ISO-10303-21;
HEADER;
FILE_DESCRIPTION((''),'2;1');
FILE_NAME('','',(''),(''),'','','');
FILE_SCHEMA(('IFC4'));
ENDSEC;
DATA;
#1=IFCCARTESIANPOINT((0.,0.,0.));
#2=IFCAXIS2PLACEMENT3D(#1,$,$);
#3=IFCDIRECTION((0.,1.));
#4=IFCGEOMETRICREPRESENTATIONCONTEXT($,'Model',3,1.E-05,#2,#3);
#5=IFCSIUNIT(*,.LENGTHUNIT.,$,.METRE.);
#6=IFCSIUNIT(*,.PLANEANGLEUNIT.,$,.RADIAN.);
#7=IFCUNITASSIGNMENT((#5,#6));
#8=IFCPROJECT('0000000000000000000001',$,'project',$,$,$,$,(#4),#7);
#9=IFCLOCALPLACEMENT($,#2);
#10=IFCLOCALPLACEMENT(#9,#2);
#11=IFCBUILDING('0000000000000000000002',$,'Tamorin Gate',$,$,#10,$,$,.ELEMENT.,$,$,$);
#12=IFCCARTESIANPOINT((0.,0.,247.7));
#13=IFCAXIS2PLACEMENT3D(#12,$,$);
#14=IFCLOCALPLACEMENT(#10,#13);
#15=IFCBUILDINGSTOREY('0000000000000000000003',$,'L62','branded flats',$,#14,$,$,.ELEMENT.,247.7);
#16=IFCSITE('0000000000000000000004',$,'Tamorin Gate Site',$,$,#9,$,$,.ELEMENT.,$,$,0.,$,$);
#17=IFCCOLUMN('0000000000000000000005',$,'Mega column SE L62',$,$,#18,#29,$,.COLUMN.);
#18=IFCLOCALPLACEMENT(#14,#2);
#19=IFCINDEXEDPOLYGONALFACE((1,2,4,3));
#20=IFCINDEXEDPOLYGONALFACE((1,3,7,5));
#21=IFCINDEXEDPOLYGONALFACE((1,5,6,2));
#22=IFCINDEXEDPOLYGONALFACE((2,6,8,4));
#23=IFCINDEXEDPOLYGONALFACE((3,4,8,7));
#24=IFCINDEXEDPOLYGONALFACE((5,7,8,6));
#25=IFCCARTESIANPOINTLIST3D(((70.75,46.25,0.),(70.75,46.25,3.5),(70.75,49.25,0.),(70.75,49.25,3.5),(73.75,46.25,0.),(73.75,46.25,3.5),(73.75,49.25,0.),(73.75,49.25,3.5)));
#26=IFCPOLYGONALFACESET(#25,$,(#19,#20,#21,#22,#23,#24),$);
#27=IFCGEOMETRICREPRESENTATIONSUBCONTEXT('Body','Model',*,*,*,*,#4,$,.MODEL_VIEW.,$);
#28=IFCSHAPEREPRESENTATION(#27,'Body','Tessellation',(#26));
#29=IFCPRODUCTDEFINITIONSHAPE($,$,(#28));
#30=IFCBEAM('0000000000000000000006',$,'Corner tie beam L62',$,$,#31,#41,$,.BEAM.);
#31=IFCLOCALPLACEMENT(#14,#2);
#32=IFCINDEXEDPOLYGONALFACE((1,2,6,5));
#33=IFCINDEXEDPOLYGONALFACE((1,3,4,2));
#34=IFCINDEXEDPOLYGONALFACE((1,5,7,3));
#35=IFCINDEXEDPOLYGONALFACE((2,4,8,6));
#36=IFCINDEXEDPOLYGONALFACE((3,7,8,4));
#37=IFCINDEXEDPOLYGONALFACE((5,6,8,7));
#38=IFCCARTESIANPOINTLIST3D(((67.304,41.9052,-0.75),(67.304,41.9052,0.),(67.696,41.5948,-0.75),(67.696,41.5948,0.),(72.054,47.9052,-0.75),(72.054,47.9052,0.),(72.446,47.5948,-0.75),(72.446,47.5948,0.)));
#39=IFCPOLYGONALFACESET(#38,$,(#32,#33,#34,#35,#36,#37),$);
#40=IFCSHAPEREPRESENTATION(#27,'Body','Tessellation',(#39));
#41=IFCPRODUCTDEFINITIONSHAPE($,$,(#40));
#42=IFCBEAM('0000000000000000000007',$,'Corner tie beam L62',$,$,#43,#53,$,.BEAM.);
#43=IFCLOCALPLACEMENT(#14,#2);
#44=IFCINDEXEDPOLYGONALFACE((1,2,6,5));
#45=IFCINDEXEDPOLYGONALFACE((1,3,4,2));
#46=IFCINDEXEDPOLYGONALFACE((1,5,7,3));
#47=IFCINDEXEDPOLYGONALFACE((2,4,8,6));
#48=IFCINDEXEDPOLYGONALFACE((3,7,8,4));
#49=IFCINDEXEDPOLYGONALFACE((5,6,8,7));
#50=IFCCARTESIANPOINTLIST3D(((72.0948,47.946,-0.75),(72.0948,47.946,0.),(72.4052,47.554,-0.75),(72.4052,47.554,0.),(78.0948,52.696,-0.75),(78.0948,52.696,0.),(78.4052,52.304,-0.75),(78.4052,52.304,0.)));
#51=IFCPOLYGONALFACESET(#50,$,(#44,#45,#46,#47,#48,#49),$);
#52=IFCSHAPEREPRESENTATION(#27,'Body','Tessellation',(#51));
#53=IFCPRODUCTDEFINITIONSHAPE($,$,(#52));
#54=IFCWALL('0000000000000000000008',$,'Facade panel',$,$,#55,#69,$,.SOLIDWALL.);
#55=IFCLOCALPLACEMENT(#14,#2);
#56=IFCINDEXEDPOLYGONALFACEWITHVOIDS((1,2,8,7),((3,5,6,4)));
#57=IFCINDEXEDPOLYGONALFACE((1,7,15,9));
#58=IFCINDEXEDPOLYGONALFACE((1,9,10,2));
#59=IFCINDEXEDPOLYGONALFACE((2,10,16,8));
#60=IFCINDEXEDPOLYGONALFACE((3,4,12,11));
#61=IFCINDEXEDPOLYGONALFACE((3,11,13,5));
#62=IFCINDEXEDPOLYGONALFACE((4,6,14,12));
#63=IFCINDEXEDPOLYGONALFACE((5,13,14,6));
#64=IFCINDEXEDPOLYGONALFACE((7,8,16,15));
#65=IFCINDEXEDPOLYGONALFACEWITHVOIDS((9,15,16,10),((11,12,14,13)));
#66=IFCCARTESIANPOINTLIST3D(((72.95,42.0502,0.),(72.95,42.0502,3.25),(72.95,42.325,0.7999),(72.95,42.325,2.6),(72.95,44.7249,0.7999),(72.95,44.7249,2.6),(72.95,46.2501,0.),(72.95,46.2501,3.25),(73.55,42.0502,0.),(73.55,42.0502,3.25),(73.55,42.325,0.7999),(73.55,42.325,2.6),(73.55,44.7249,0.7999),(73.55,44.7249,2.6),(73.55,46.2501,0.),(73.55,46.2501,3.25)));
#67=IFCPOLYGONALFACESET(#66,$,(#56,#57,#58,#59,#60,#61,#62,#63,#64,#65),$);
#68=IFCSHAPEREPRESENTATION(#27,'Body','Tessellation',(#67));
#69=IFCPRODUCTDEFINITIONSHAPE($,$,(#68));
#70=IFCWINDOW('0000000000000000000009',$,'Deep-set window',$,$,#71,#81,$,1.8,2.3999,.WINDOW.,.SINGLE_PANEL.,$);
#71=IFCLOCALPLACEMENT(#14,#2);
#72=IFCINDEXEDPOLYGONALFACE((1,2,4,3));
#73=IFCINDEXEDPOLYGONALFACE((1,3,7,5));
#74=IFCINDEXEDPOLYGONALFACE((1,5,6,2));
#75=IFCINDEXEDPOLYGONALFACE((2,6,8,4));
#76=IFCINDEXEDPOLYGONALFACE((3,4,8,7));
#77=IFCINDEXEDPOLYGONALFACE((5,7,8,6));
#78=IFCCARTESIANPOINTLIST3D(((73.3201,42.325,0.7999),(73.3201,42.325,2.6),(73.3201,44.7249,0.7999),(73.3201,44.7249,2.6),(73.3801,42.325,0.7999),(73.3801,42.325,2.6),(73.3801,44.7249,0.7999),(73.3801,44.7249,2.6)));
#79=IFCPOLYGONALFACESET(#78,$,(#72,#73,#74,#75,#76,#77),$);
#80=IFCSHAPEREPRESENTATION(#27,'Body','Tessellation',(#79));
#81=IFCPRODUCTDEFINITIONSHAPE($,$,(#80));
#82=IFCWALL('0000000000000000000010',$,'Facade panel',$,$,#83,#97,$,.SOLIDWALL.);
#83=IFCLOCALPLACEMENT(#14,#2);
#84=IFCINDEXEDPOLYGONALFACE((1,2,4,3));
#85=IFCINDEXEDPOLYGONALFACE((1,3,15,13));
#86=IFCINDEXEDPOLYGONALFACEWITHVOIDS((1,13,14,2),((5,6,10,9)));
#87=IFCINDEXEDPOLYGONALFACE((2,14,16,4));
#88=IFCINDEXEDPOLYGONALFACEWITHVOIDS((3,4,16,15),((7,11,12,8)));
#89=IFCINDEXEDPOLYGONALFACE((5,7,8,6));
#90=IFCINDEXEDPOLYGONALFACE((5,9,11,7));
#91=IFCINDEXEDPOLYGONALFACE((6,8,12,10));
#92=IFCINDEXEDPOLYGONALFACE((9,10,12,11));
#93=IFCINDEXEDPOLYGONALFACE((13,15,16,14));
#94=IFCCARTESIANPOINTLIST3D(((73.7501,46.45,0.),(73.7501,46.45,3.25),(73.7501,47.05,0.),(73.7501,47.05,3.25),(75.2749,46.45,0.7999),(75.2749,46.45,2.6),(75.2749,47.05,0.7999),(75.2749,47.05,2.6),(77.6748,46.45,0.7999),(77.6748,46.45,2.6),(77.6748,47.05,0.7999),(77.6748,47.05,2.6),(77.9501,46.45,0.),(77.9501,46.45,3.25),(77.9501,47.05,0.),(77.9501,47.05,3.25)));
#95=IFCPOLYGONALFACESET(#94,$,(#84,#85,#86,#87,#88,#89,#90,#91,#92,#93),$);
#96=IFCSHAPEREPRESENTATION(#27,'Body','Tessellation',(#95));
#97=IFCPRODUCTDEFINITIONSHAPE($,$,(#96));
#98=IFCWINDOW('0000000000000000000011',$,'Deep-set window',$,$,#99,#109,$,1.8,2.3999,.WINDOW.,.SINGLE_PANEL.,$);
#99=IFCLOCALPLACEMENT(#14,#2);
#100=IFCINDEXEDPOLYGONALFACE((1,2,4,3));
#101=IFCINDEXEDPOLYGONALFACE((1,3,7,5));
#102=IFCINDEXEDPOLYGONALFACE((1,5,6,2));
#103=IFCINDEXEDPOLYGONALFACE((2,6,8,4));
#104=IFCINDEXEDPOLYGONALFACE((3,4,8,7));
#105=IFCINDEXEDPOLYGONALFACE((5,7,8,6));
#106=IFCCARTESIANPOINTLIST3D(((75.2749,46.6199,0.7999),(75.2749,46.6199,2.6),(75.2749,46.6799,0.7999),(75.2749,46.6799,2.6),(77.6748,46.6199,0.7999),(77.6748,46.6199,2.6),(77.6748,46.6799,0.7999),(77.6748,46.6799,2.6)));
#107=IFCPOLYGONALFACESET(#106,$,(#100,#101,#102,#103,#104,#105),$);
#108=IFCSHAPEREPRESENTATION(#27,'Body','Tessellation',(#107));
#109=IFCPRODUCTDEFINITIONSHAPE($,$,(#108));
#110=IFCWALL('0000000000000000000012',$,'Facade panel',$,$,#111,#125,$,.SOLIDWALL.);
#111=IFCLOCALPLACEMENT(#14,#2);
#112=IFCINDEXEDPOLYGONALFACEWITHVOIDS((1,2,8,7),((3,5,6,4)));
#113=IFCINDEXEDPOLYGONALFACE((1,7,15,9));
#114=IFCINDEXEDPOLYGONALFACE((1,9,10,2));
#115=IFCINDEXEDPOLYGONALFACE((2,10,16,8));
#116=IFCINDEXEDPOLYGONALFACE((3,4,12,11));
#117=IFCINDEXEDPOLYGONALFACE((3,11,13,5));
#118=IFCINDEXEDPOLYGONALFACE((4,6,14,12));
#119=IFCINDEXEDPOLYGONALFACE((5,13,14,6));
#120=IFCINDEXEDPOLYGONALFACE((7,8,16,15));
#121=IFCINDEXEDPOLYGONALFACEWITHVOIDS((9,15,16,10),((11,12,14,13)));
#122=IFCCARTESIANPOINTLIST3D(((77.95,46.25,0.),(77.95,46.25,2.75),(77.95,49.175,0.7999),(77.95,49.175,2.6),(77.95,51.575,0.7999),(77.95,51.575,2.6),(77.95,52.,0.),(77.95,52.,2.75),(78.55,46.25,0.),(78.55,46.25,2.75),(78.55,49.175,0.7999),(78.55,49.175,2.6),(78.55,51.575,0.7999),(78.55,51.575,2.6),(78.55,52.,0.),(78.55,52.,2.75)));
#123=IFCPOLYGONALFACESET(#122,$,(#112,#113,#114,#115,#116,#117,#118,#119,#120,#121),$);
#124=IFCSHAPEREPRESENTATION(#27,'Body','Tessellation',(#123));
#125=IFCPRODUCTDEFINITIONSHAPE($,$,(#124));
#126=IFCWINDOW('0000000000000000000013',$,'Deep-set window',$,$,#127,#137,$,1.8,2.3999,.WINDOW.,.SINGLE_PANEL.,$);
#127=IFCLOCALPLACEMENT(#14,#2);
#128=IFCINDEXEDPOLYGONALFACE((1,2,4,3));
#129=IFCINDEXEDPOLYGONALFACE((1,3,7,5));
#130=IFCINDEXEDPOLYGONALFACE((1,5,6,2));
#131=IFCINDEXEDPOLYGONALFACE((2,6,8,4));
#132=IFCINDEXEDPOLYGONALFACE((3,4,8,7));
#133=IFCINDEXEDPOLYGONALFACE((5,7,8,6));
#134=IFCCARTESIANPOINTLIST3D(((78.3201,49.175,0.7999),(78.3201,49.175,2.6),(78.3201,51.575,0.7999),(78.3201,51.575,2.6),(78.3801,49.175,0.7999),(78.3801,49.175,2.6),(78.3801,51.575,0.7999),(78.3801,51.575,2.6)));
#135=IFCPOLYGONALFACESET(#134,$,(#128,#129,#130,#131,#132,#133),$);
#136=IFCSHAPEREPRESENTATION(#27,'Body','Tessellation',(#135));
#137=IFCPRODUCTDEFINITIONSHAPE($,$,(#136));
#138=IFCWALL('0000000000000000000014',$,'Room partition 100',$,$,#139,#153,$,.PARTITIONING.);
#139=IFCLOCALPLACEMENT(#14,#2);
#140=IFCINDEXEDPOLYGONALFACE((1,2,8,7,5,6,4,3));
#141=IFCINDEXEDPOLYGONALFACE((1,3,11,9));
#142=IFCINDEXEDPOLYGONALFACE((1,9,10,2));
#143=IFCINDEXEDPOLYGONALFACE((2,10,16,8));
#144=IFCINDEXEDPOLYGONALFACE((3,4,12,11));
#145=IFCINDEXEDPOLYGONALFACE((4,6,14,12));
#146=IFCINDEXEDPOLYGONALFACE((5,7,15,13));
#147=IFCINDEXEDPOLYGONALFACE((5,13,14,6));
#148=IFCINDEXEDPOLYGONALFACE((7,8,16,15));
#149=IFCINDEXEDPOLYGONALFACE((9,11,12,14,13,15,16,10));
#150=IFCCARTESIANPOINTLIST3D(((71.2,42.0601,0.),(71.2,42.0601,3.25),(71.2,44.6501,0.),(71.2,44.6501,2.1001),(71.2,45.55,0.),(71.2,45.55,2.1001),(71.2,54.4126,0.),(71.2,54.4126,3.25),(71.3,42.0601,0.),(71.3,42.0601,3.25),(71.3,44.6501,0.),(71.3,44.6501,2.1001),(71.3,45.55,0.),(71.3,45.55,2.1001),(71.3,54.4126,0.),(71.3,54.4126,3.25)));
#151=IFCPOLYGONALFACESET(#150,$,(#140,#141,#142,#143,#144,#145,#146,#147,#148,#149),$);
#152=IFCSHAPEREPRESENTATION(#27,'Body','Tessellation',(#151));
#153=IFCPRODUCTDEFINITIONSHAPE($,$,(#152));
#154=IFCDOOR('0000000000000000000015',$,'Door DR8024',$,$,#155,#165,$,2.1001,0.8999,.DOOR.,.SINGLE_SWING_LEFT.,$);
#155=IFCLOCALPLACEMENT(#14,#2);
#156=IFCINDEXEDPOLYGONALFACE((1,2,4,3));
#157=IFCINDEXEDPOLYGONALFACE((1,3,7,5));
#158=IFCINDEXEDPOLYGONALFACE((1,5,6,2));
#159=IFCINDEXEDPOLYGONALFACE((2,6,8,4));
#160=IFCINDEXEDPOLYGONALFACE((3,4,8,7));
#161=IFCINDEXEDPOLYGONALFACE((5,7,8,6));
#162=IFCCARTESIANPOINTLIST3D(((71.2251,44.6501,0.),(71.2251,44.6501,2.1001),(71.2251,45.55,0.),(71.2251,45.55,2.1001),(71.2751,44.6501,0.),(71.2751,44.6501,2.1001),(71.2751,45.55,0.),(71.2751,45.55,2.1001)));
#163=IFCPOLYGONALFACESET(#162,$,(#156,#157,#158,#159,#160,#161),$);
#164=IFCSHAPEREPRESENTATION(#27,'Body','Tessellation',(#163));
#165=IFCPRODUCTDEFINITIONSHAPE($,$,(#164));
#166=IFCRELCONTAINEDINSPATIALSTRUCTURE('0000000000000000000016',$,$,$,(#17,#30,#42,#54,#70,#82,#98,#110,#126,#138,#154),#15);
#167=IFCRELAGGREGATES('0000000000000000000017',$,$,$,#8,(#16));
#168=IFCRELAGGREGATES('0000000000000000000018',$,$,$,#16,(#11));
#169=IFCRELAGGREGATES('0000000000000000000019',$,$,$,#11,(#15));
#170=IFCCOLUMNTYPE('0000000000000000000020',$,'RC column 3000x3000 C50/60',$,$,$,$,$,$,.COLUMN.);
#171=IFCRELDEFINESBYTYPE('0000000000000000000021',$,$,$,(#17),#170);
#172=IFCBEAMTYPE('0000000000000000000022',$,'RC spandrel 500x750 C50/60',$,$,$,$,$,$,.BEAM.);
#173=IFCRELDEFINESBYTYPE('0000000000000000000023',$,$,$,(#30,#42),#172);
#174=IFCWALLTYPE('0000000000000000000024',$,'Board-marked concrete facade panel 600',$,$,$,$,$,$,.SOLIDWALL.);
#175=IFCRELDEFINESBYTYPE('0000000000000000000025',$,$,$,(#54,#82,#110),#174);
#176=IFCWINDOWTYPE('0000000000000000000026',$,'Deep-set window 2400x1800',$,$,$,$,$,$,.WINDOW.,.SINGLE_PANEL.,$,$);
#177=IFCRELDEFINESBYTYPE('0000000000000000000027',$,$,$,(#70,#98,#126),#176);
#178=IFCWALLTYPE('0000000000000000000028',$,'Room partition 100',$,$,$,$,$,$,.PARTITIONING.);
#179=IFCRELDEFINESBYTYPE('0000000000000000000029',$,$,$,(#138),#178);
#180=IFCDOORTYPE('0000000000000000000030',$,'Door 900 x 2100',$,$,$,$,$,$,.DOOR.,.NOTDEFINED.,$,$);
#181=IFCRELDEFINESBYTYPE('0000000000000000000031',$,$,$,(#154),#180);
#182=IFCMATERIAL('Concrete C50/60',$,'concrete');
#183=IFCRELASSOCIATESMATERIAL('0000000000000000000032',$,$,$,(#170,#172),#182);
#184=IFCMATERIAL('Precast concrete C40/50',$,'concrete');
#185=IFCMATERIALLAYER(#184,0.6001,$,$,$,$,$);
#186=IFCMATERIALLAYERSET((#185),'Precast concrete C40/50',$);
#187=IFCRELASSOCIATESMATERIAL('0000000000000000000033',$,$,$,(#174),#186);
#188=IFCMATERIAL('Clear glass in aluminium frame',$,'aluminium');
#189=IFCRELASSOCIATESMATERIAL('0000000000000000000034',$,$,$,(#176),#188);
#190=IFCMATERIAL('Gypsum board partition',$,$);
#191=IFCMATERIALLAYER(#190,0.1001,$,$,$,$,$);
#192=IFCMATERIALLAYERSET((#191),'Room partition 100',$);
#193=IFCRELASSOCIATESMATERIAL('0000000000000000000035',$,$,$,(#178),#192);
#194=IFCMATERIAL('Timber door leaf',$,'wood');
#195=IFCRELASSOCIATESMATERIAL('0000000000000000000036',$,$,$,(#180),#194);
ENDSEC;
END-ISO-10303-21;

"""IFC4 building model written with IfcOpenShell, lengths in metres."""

from ifc_helpers import new_model, si_unit, direction, frame, frame_2d, origin, origin_2d, place, context, subcontext, project, spatial, rectangle, extrude, material, layer, layer_set, material_profile, profile_set, type_object, element, fill, save


model = new_model("IFC4")

# Units and contexts
model_context = context("Model", 3, precision=1e-05, world=origin(), true_north=direction((0.0, 1.0)))
body_context = subcontext(model_context, "Body", "Model", "MODEL_VIEW")
ifc_project = project(units=[si_unit("LENGTHUNIT", "METRE"), si_unit("PLANEANGLEUNIT", "RADIAN")], contexts=[model_context])

# Site, building, storey
site_placement = place(None, origin())
site = spatial("IfcSite", under=ifc_project, at=site_placement, Name="Tamorin Gate Site", CompositionType="ELEMENT", RefElevation=0.0)
building_placement = place(site_placement, origin())
building = spatial("IfcBuilding", under=site, at=building_placement, Name="Tamorin Gate", CompositionType="ELEMENT")
storey_placement = place(building_placement, frame((0.0, 0.0, 247.7)))
storey = spatial("IfcBuildingStorey", under=building, at=storey_placement, Name="L62", Description="branded flats", CompositionType="ELEMENT", Elevation=247.7)

# Column
ifc_material_1 = material(Name="Concrete C50/60", Category="concrete")
ifc_material_profile_1 = material_profile(ifc_material_1, rectangle(XDim=3.0, YDim=3.0, at=origin_2d()), Name="RC 3000x3000")
ifc_profile_set_1 = profile_set([ifc_material_profile_1], Name="Concrete C50/60")
column_type = type_object("IfcColumnType", Name="RC column 3000x3000 C50/60", PredefinedType="COLUMN", material=ifc_profile_set_1)
column_placement = place(storey_placement, frame((72.25, 47.75, 0.0), z_axis=(0.0, 0.0, 1.0), x_axis=(1.0, 0.0, 0.0)))
element("IfcColumn", 1, at=column_placement, inside=storey, type_object=column_type, Name="Mega column SE L62", PredefinedType="COLUMN", context=body_context, shape_type="SweptSolid", body=[
    extrude(rectangle(XDim=3.0, YDim=3.0, at=origin_2d()), origin(), (0.0, 0.0, 1.0), 3.5),
])

# Beams
ifc_material_profile_2 = material_profile(ifc_material_1, rectangle(XDim=0.5, YDim=0.75, at=origin_2d()), Name="RC 500x750")
ifc_profile_set_2 = profile_set([ifc_material_profile_2], Name="Concrete C50/60")
beam_type = type_object("IfcBeamType", Name="RC spandrel 500x750 C50/60", PredefinedType="BEAM", material=ifc_profile_set_2)
for number, where, z_axis, x_axis, name in (
    (2, (72.25, 47.75, -0.375), (-0.620703, -0.784046, 0.0), (0.784046, -0.620703, 0.0), "Corner tie beam L62"),
    (3, (72.25, 47.75, -0.375), (0.784046, 0.620703, 0.0), (-0.620703, 0.784046, 0.0), "Corner tie beam L62"),
):
    element("IfcBeam", number, at=place(storey_placement, frame(where, z_axis=z_axis, x_axis=x_axis)), inside=storey, type_object=beam_type, Name=name, PredefinedType="BEAM", context=body_context, shape_type="SweptSolid", body=[
        extrude(rectangle(XDim=0.5, YDim=0.75, at=origin_2d()), origin(), (0.0, 0.0, 1.0), 7.6526),
    ])

# Walls, openings, windows
ifc_material_2 = material(Name="Precast concrete C40/50", Category="concrete")
ifc_layer_1 = layer(ifc_material_2, 0.6001)
ifc_layer_set_1 = layer_set([ifc_layer_1], Name="Precast concrete C40/50")
wall_type_1 = type_object("IfcWallType", Name="Board-marked concrete facade panel 600", PredefinedType="SOLIDWALL", material=ifc_layer_set_1)
wall_1_placement = place(storey_placement, frame((73.25, 42.05, 0.0), z_axis=(0.0, 0.0, 1.0), x_axis=(0.0, 1.0, 0.0)))
wall_1 = element("IfcWall", 4, at=wall_1_placement, inside=storey, type_object=wall_type_1, Name="Facade panel", PredefinedType="SOLIDWALL", context=body_context, shape_type="SweptSolid", body=[
    extrude(rectangle(XDim=4.2, YDim=0.6001, at=frame_2d((2.1001, 0.0))), origin(), (0.0, 0.0, 1.0), 3.25),
])
opening_1_placement = place(wall_1_placement, frame((0.2749, 0.0, 0.8)))
opening_1 = element("IfcOpeningElement", 5, at=opening_1_placement, cuts=wall_1, PredefinedType="OPENING", context=body_context, shape_type="SweptSolid", body=[
    extrude(rectangle(XDim=2.3999, YDim=1.8, at=frame_2d((1.2, 0.8999))), frame((0.0, 0.3101, 0.0), z_axis=(0.0, -1.0, 0.0), x_axis=(1.0, 0.0, 0.0)), (0.0, 0.0, 1.0), 0.6201),
])
ifc_material_3 = material(Name="Clear glass in aluminium frame", Category="aluminium")
window_type = type_object("IfcWindowType", Name="Deep-set window 2400x1800", PartitioningType="SINGLE_PANEL", PredefinedType="WINDOW", material=ifc_material_3)
window_1_placement = place(opening_1_placement, origin())
window_1 = element("IfcWindow", 6, at=window_1_placement, inside=storey, type_object=window_type, Name="Deep-set window", OverallHeight=1.8, OverallWidth=2.3999, PartitioningType="SINGLE_PANEL", PredefinedType="WINDOW", context=body_context, shape_type="SweptSolid", body=[
    extrude(rectangle(XDim=2.3999, YDim=1.8, at=frame_2d((1.2, 0.8999))), frame((0.0, -0.0701, 0.0), z_axis=(0.0, -1.0, 0.0), x_axis=(1.0, 0.0, 0.0)), (0.0, 0.0, 1.0), 0.0601),
])
fill(opening_1, window_1)
wall_2_placement = place(storey_placement, frame((73.75, 46.75, 0.0), z_axis=(0.0, 0.0, 1.0), x_axis=(1.0, 0.0, 0.0)))
wall_2 = element("IfcWall", 7, at=wall_2_placement, inside=storey, type_object=wall_type_1, Name="Facade panel", PredefinedType="SOLIDWALL", context=body_context, shape_type="SweptSolid", body=[
    extrude(rectangle(XDim=4.2, YDim=0.6001, at=frame_2d((2.1001, 0.0))), origin(), (0.0, 0.0, 1.0), 3.25),
])
opening_2_placement = place(wall_2_placement, frame((1.5249, 0.0, 0.8)))
opening_2 = element("IfcOpeningElement", 8, at=opening_2_placement, cuts=wall_2, PredefinedType="OPENING", context=body_context, shape_type="SweptSolid", body=[
    extrude(rectangle(XDim=2.3999, YDim=1.8, at=frame_2d((1.2, 0.8999))), frame((0.0, 0.3101, 0.0), z_axis=(0.0, -1.0, 0.0), x_axis=(1.0, 0.0, 0.0)), (0.0, 0.0, 1.0), 0.6201),
])
window_2_placement = place(opening_2_placement, origin())
window_2 = element("IfcWindow", 9, at=window_2_placement, inside=storey, type_object=window_type, Name="Deep-set window", OverallHeight=1.8, OverallWidth=2.3999, PartitioningType="SINGLE_PANEL", PredefinedType="WINDOW", context=body_context, shape_type="SweptSolid", body=[
    extrude(rectangle(XDim=2.3999, YDim=1.8, at=frame_2d((1.2, 0.8999))), frame((0.0, -0.0701, 0.0), z_axis=(0.0, -1.0, 0.0), x_axis=(1.0, 0.0, 0.0)), (0.0, 0.0, 1.0), 0.0601),
])
fill(opening_2, window_2)
wall_3_placement = place(storey_placement, frame((78.25, 46.25, 0.0), z_axis=(0.0, 0.0, 1.0), x_axis=(0.0, 1.0, 0.0)))
wall_3 = element("IfcWall", 10, at=wall_3_placement, inside=storey, type_object=wall_type_1, Name="Facade panel", PredefinedType="SOLIDWALL", context=body_context, shape_type="SweptSolid", body=[
    extrude(rectangle(XDim=5.75, YDim=0.6001, at=frame_2d((2.875, 0.0))), origin(), (0.0, 0.0, 1.0), 2.75),
])
opening_3_placement = place(wall_3_placement, frame((2.925, 0.0, 0.8)))
opening_3 = element("IfcOpeningElement", 11, at=opening_3_placement, cuts=wall_3, PredefinedType="OPENING", context=body_context, shape_type="SweptSolid", body=[
    extrude(rectangle(XDim=2.3999, YDim=1.8, at=frame_2d((1.2, 0.8999))), frame((0.0, 0.3101, 0.0), z_axis=(0.0, -1.0, 0.0), x_axis=(1.0, 0.0, 0.0)), (0.0, 0.0, 1.0), 0.6201),
])
window_3_placement = place(opening_3_placement, origin())
window_3 = element("IfcWindow", 12, at=window_3_placement, inside=storey, type_object=window_type, Name="Deep-set window", OverallHeight=1.8, OverallWidth=2.3999, PartitioningType="SINGLE_PANEL", PredefinedType="WINDOW", context=body_context, shape_type="SweptSolid", body=[
    extrude(rectangle(XDim=2.3999, YDim=1.8, at=frame_2d((1.2, 0.8999))), frame((0.0, -0.0701, 0.0), z_axis=(0.0, -1.0, 0.0), x_axis=(1.0, 0.0, 0.0)), (0.0, 0.0, 1.0), 0.0601),
])
fill(opening_3, window_3)

# Wall, opening, door
ifc_material_4 = material(Name="Gypsum board partition")
ifc_layer_2 = layer(ifc_material_4, 0.1001)
ifc_layer_set_2 = layer_set([ifc_layer_2], Name="Room partition 100")
wall_type_2 = type_object("IfcWallType", Name="Room partition 100", PredefinedType="PARTITIONING", material=ifc_layer_set_2)
wall_4_placement = place(storey_placement, frame((71.25, 42.0601, 0.0), z_axis=(0.0, 0.0, 1.0), x_axis=(0.0, 1.0, 0.0)))
wall_4 = element("IfcWall", 13, at=wall_4_placement, inside=storey, type_object=wall_type_2, Name="Room partition 100", PredefinedType="PARTITIONING", context=body_context, shape_type="SweptSolid", body=[
    extrude(rectangle(XDim=12.3525, YDim=0.1001, at=frame_2d((6.1763, 0.0))), origin(), (0.0, 0.0, 1.0), 3.25),
])
opening_4_placement = place(wall_4_placement, frame((2.5901, 0.0, 0.0)))
opening_4 = element("IfcOpeningElement", 14, at=opening_4_placement, cuts=wall_4, PredefinedType="OPENING", context=body_context, shape_type="SweptSolid", body=[
    extrude(rectangle(XDim=0.8999, YDim=2.1001, at=frame_2d((0.45, 1.05))), frame((0.0, 0.0601, 0.0), z_axis=(0.0, -1.0, 0.0), x_axis=(1.0, 0.0, 0.0)), (0.0, 0.0, 1.0), 0.1201),
])
ifc_material_5 = material(Name="Timber door leaf", Category="wood")
door_type = type_object("IfcDoorType", Name="Door 900 x 2100", OperationType="NOTDEFINED", PredefinedType="DOOR", material=ifc_material_5)
door_1_placement = place(opening_4_placement, origin())
door_1 = element("IfcDoor", 15, at=door_1_placement, inside=storey, type_object=door_type, Name="Door DR8024", OperationType="SINGLE_SWING_LEFT", OverallHeight=2.1001, OverallWidth=0.8999, PredefinedType="DOOR", context=body_context, shape_type="SweptSolid", body=[
    extrude(rectangle(XDim=0.8999, YDim=2.1001, at=frame_2d((0.45, 1.05))), frame((0.0, 0.0249, 0.0), z_axis=(0.0, -1.0, 0.0), x_axis=(1.0, 0.0, 0.0)), (0.0, 0.0, 1.0), 0.05),
])
fill(opening_4, door_1)

save(model, "model.ifc")
